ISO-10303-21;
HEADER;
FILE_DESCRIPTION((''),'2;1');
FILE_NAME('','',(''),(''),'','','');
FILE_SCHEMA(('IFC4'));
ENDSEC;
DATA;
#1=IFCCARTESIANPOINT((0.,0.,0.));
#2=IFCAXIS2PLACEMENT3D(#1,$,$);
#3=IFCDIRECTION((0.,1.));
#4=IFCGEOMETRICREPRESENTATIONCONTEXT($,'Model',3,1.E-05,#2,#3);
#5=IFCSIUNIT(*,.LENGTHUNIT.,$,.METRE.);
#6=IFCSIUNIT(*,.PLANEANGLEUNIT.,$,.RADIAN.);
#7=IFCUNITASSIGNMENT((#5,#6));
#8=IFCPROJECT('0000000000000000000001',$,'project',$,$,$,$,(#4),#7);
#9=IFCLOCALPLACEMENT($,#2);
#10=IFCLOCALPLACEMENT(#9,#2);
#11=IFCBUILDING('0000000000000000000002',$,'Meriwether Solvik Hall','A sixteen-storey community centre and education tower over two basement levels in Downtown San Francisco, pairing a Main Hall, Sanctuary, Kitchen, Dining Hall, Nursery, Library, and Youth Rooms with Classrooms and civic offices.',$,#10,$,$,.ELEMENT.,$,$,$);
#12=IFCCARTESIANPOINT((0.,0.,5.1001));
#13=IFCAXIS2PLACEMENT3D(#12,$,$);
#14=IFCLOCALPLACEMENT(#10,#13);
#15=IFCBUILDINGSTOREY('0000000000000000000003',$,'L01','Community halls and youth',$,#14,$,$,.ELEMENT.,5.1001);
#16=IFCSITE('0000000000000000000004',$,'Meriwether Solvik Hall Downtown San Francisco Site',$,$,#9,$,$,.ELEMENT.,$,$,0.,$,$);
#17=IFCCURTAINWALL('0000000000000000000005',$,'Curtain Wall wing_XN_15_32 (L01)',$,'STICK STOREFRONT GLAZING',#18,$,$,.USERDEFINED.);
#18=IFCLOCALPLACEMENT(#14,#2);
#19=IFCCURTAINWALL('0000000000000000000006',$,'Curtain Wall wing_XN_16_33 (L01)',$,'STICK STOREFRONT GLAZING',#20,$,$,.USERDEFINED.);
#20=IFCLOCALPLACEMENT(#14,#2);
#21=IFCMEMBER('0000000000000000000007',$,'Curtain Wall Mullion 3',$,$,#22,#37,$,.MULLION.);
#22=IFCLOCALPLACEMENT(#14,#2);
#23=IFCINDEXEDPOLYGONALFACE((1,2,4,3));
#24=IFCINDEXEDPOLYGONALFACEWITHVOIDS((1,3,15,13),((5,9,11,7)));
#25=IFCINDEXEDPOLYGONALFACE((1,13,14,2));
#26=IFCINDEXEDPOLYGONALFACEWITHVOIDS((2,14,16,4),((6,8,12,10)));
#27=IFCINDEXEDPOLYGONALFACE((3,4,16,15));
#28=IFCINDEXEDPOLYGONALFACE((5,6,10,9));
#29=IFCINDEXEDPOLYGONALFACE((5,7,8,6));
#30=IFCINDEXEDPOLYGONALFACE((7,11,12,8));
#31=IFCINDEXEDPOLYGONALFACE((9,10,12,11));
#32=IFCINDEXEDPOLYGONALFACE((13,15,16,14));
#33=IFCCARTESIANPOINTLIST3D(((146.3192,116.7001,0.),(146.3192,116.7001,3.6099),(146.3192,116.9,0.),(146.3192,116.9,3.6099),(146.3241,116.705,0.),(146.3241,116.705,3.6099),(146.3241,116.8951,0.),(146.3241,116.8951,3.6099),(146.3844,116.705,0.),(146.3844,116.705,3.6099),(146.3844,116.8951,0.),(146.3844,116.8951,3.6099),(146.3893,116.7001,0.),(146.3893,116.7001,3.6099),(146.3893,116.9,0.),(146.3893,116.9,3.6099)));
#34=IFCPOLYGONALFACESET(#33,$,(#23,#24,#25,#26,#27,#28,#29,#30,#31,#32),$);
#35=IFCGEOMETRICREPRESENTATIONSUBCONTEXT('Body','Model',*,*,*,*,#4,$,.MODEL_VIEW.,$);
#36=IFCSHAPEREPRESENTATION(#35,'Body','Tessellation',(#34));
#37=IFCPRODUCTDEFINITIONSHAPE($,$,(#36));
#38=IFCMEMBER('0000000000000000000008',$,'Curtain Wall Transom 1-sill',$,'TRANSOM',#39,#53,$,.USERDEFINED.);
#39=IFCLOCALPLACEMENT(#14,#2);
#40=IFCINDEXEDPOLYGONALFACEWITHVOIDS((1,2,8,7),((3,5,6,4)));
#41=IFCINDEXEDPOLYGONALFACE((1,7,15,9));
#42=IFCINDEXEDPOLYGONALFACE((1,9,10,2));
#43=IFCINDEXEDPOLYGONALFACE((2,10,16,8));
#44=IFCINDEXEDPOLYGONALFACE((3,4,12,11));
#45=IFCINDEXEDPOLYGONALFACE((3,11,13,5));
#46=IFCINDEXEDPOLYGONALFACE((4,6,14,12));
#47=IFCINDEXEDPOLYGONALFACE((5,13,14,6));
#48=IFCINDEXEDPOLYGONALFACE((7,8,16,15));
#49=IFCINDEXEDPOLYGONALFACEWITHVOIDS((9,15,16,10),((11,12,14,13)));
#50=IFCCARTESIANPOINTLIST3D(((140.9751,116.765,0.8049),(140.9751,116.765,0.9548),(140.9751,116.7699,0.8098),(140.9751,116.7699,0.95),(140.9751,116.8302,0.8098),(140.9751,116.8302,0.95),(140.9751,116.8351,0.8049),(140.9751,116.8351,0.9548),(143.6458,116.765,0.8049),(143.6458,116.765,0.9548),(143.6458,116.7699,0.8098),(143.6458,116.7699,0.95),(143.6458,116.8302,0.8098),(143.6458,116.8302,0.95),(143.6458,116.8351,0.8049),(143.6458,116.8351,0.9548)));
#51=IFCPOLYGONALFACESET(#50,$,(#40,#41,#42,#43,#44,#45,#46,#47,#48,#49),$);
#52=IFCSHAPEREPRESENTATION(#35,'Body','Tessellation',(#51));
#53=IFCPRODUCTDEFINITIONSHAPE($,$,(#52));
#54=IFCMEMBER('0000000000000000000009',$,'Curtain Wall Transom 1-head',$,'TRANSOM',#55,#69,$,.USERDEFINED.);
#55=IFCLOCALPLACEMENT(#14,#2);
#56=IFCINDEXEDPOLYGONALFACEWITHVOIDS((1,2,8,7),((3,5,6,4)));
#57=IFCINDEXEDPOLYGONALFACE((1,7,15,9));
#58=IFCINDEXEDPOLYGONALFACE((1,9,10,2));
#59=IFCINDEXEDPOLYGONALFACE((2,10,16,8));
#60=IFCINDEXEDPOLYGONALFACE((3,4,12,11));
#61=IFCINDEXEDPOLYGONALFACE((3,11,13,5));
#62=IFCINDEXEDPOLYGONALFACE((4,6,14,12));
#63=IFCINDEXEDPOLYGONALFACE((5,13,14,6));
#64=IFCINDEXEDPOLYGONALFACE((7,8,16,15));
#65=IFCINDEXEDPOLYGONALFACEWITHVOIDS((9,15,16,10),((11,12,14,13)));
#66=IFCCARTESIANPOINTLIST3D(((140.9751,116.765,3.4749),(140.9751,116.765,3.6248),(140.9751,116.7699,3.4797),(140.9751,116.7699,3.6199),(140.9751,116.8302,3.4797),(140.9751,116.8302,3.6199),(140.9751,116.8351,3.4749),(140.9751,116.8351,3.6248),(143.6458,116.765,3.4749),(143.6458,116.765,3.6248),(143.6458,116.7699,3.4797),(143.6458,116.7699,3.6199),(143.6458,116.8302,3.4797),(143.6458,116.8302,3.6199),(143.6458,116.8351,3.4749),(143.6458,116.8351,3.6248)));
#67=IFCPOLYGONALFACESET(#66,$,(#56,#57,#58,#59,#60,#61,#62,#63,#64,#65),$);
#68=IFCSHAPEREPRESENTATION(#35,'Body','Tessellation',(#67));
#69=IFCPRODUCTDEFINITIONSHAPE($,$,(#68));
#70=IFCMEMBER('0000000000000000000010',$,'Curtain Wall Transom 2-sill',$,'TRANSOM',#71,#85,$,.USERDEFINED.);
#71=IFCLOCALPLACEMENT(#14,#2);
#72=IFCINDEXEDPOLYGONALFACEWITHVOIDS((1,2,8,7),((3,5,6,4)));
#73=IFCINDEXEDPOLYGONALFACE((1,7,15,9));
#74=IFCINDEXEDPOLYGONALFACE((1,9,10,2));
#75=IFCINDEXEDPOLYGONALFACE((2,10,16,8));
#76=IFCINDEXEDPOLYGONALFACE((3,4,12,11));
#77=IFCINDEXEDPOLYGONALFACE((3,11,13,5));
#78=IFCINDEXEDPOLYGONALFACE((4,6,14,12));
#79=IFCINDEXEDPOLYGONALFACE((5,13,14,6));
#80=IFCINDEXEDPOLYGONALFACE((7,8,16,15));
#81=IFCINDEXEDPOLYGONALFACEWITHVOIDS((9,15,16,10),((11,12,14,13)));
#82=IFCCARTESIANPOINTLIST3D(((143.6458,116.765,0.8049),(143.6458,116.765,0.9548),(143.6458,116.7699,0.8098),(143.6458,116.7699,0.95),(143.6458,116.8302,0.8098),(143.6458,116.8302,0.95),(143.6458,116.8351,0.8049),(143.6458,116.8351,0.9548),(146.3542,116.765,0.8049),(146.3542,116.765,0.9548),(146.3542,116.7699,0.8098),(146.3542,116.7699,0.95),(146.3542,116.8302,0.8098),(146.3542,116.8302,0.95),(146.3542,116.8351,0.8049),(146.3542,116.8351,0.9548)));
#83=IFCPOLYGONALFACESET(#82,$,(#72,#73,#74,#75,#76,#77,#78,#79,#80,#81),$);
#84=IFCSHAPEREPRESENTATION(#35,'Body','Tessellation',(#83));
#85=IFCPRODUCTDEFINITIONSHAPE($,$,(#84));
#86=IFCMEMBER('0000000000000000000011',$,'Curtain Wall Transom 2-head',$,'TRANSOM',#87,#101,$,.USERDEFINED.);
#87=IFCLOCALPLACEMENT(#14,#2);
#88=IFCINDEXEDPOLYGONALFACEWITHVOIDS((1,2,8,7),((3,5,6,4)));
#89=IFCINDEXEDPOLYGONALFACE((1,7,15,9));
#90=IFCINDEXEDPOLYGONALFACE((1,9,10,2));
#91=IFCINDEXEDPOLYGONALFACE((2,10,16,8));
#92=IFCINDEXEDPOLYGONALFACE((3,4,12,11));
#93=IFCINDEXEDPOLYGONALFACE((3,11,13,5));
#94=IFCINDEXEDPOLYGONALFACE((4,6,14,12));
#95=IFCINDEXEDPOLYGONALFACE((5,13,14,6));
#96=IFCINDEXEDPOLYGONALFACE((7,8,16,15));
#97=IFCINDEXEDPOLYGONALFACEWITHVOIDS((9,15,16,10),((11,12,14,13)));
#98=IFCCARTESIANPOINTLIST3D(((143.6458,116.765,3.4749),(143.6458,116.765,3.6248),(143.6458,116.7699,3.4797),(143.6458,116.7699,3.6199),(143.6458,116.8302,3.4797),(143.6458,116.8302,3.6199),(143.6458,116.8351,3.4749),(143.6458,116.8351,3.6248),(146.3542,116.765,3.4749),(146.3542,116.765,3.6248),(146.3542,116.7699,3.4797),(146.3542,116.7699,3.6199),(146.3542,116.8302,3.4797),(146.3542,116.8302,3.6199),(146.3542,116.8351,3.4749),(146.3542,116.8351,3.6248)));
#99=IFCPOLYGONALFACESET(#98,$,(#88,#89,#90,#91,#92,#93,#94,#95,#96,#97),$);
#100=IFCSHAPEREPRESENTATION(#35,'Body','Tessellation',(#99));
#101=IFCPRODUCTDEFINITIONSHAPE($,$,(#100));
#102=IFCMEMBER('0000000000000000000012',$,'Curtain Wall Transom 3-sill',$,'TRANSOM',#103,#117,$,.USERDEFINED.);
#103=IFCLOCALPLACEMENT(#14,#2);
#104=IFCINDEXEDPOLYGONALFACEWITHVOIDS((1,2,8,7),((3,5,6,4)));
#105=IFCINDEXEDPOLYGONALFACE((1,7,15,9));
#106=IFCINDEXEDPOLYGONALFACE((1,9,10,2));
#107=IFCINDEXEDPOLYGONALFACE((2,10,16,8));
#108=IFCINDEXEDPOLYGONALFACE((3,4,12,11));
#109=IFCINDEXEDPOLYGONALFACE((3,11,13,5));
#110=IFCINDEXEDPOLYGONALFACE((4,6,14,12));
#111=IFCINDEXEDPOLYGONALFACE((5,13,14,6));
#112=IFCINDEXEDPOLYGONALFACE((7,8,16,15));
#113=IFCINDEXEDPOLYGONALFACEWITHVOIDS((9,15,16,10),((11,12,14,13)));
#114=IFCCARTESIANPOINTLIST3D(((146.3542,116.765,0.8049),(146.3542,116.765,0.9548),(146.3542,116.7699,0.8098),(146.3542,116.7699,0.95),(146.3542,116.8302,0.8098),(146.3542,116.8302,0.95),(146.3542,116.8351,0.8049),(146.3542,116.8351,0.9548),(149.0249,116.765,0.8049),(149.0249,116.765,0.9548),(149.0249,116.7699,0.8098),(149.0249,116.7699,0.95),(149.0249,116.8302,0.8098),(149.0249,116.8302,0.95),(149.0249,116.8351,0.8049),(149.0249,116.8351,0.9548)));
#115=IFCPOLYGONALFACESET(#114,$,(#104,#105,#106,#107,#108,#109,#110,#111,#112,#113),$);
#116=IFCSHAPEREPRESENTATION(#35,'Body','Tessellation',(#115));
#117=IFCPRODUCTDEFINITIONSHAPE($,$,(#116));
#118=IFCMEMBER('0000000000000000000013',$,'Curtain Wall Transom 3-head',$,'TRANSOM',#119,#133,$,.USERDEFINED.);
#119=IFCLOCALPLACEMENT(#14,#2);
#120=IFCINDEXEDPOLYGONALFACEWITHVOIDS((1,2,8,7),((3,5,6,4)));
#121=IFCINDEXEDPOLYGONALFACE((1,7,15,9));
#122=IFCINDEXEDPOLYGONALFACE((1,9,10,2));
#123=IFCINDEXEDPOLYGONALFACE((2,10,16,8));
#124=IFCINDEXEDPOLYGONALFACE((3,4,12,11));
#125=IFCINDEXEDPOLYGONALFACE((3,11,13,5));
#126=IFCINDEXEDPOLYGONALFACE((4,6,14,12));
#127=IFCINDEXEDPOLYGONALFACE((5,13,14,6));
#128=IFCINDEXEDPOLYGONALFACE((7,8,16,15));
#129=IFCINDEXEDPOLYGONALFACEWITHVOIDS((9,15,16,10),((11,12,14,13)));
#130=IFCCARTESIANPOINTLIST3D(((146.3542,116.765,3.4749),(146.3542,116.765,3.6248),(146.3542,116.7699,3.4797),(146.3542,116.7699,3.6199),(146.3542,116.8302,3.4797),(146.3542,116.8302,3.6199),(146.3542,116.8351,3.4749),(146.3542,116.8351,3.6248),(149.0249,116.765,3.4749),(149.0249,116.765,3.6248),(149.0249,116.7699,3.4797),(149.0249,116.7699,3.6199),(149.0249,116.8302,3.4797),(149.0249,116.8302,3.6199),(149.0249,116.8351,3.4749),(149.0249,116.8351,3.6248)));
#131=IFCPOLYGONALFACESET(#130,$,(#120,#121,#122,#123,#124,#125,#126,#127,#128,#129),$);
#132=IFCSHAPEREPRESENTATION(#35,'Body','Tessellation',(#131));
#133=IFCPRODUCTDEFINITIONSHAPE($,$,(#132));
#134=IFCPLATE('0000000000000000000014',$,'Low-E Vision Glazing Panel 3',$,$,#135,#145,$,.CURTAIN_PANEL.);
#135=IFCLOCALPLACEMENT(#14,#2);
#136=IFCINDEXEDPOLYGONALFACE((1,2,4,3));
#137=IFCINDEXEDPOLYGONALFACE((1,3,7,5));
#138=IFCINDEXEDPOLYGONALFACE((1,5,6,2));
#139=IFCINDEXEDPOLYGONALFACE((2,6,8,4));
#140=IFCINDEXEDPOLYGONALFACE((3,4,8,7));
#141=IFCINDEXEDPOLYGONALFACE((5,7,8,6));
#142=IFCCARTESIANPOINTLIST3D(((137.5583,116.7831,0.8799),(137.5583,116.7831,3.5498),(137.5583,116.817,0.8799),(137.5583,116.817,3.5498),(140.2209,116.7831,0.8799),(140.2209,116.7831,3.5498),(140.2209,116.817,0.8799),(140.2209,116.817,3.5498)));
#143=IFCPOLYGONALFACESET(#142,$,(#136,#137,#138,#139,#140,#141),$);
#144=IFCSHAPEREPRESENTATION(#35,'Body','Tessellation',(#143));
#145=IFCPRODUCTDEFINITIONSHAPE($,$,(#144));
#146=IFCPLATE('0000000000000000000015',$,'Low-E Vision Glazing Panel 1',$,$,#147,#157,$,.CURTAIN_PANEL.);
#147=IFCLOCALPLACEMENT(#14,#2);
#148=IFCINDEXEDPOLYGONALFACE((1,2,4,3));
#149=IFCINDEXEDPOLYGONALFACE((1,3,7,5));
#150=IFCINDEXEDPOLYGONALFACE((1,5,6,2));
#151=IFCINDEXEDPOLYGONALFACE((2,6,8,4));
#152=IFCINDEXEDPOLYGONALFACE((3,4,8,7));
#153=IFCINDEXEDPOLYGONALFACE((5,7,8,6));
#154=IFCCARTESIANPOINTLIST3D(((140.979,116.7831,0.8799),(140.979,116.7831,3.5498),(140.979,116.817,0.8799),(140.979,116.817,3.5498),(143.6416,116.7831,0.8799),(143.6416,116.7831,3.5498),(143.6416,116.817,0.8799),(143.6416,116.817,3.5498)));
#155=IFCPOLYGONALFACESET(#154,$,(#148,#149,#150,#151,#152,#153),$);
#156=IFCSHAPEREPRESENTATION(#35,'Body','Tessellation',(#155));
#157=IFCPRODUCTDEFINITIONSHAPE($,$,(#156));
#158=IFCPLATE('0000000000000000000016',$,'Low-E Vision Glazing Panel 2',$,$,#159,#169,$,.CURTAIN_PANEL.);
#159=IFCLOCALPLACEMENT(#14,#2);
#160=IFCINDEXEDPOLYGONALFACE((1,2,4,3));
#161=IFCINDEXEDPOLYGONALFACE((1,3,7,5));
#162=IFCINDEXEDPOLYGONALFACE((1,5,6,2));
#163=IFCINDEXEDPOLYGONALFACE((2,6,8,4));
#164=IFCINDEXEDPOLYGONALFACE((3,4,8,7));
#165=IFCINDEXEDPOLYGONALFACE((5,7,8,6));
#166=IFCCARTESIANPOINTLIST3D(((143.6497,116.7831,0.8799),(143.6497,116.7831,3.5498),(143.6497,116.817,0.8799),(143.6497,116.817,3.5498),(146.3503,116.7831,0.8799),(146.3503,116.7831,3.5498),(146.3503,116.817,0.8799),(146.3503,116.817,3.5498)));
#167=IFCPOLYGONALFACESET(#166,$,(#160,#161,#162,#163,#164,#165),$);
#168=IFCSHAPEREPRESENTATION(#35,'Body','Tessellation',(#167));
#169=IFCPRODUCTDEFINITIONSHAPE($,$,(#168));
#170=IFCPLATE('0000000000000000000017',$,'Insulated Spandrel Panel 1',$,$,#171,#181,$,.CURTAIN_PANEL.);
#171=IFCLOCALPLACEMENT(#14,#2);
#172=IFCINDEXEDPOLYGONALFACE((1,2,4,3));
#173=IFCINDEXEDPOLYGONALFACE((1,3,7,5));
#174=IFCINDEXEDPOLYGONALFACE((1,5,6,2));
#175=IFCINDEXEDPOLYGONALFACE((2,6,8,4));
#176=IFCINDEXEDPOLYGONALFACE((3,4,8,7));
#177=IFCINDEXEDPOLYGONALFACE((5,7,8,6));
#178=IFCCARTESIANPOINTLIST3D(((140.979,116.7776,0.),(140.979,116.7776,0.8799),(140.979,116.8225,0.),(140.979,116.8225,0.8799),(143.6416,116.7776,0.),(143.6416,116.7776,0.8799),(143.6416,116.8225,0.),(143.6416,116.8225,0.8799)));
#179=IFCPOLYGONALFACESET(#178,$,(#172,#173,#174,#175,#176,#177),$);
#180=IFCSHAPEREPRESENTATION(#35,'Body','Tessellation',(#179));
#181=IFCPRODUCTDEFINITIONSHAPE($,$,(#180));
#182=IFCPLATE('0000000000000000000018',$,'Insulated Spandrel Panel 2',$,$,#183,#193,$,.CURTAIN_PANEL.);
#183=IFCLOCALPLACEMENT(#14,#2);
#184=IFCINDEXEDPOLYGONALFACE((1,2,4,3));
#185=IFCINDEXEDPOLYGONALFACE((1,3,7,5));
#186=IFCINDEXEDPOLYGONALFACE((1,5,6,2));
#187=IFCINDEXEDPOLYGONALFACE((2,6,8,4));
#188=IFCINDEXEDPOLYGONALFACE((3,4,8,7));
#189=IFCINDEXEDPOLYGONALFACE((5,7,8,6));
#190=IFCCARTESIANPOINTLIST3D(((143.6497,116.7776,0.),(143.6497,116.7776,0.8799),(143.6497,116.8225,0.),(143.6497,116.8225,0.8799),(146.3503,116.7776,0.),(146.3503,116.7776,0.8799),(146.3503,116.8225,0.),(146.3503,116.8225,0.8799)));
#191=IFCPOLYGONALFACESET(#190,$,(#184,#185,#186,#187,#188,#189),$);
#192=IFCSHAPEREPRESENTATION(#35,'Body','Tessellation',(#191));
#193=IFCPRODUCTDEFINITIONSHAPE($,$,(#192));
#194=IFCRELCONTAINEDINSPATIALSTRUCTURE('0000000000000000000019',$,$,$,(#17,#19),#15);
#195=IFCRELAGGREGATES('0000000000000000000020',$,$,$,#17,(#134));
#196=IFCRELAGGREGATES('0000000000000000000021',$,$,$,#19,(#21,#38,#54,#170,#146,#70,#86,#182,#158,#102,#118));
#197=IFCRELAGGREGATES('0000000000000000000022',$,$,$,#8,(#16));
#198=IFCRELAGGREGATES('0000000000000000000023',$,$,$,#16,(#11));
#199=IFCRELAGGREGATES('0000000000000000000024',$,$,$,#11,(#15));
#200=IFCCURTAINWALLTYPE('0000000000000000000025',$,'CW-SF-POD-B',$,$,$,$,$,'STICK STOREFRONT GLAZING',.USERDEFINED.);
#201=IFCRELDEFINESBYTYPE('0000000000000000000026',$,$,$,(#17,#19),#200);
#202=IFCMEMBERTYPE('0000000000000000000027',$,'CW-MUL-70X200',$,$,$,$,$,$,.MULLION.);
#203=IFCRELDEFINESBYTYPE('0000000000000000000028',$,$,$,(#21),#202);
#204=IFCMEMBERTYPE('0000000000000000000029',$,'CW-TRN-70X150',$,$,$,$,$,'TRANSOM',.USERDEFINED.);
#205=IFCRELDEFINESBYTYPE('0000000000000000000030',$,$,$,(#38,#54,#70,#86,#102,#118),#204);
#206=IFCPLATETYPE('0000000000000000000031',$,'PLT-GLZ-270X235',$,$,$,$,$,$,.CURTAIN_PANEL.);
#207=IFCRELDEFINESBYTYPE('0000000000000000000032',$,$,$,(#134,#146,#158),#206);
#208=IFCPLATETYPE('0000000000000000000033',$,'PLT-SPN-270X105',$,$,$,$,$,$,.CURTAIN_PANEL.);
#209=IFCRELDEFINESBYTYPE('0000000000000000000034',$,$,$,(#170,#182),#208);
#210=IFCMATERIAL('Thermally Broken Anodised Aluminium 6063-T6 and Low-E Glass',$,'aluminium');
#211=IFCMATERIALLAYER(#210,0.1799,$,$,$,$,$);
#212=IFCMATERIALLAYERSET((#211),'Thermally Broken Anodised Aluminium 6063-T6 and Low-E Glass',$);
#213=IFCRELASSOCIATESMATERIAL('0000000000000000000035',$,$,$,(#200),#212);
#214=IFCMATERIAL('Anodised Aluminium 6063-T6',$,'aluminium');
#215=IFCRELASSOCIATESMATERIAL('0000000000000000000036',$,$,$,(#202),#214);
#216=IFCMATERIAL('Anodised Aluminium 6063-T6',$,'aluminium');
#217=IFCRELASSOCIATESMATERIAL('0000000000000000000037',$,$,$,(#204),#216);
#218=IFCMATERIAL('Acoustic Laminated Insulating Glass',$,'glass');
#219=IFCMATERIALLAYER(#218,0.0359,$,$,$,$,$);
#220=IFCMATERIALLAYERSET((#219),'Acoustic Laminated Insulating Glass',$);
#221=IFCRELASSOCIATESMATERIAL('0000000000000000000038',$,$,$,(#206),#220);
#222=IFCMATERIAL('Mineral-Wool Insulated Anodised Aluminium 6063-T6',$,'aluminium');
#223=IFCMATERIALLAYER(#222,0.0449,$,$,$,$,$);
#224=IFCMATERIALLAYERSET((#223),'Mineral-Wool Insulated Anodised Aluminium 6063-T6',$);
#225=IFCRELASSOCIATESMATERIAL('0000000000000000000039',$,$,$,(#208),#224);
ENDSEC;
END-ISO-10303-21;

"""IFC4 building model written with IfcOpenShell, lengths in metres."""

from ifc_helpers import new_model, si_unit, direction, frame, origin, origin_2d, place, context, subcontext, project, spatial, rectangle, hollow_rectangle, extrude, material, layer, layer_set, material_profile, profile_set, type_object, element, aggregate, save


model = new_model("IFC4")

# Units and contexts
model_context = context("Model", 3, precision=1e-05, world=origin(), true_north=direction((0.0, 1.0)))
body_context = subcontext(model_context, "Body", "Model", "MODEL_VIEW")
ifc_project = project(units=[si_unit("LENGTHUNIT", "METRE"), si_unit("PLANEANGLEUNIT", "RADIAN")], contexts=[model_context])

# Site, building, storey
site_placement = place(None, origin())
site = spatial("IfcSite", under=ifc_project, at=site_placement, Name="Meriwether Solvik Hall Downtown San Francisco Site", CompositionType="ELEMENT", RefElevation=0.0)
building_placement = place(site_placement, origin())
building = spatial("IfcBuilding", under=site, at=building_placement, Name="Meriwether Solvik Hall", Description="A sixteen-storey community centre and education tower over two basement levels in Downtown San Francisco, pairing a Main Hall, Sanctuary, Kitchen, Dining Hall, Nursery, Library, and Youth Rooms with Classrooms and civic offices.", CompositionType="ELEMENT")
storey_placement = place(building_placement, frame((0.0, 0.0, 5.1001)))
storey = spatial("IfcBuildingStorey", under=building, at=storey_placement, Name="L01", Description="Community halls and youth", CompositionType="ELEMENT", Elevation=5.1001)

# Curtain wall
ifc_material_1 = material(Name="Thermally Broken Anodised Aluminium 6063-T6 and Low-E Glass", Category="aluminium")
ifc_layer_1 = layer(ifc_material_1, 0.1799)
ifc_layer_set_1 = layer_set([ifc_layer_1], Name="Thermally Broken Anodised Aluminium 6063-T6 and Low-E Glass")
curtain_wall_type = type_object("IfcCurtainWallType", Name="CW-SF-POD-B", ElementType="STICK STOREFRONT GLAZING", PredefinedType="USERDEFINED", material=ifc_layer_set_1)
curtain_wall_1_placement = place(storey_placement, origin())
curtain_wall_1 = element("IfcCurtainWall", 1, at=curtain_wall_1_placement, inside=storey, type_object=curtain_wall_type, Name="Curtain Wall wing_XN_15_32 (L01)", ObjectType="STICK STOREFRONT GLAZING", PredefinedType="USERDEFINED")
ifc_material_2 = material(Name="Anodised Aluminium 6063-T6", Category="aluminium")
ifc_material_profile_1 = material_profile(ifc_material_2, hollow_rectangle(XDim=0.0701, YDim=0.2, WallThickness=0.0049, at=origin_2d()), Name="CWM-70X200")
ifc_profile_set_1 = profile_set([ifc_material_profile_1], Name="Anodised Aluminium 6063-T6")
member_type_1 = type_object("IfcMemberType", Name="CW-MUL-70X200", PredefinedType="MULLION", material=ifc_profile_set_1)

# Curtain wall, members
curtain_wall_2_placement = place(storey_placement, origin())
curtain_wall_2 = element("IfcCurtainWall", 2, at=curtain_wall_2_placement, inside=storey, type_object=curtain_wall_type, Name="Curtain Wall wing_XN_16_33 (L01)", ObjectType="STICK STOREFRONT GLAZING", PredefinedType="USERDEFINED")
member_1_placement = place(storey_placement, frame((146.3542, 116.8, 0.0), z_axis=(0.0, 0.0, 1.0), x_axis=(1.0, 0.0, 0.0)))
member_1 = element("IfcMember", 3, at=member_1_placement, type_object=member_type_1, Name="Curtain Wall Mullion 3", PredefinedType="MULLION", context=body_context, shape_type="SweptSolid", body=[
    extrude(hollow_rectangle(XDim=0.0701, YDim=0.2, WallThickness=0.0049, at=origin_2d()), origin(), (0.0, 0.0, 1.0), 3.6099),
])
ifc_material_3 = material(Name="Anodised Aluminium 6063-T6", Category="aluminium")
ifc_material_profile_2 = material_profile(ifc_material_3, hollow_rectangle(XDim=0.0701, YDim=0.1499, WallThickness=0.0049, at=origin_2d()), Name="CWT-70X150")
ifc_profile_set_2 = profile_set([ifc_material_profile_2], Name="Anodised Aluminium 6063-T6")
member_type_2 = type_object("IfcMemberType", Name="CW-TRN-70X150", ElementType="TRANSOM", PredefinedType="USERDEFINED", material=ifc_profile_set_2)
member_2_placement = place(storey_placement, frame((140.9751, 116.8, 0.8799), z_axis=(1.0, 0.0, 0.0), x_axis=(0.0, 1.0, 0.0)))
member_2 = element("IfcMember", 4, at=member_2_placement, type_object=member_type_2, Name="Curtain Wall Transom 1-sill", ObjectType="TRANSOM", PredefinedType="USERDEFINED", context=body_context, shape_type="SweptSolid", body=[
    extrude(hollow_rectangle(XDim=0.0701, YDim=0.1499, WallThickness=0.0049, at=origin_2d()), origin(), (0.0, 0.0, 1.0), 2.6707),
])
member_3_placement = place(storey_placement, frame((140.9751, 116.8, 3.5498), z_axis=(1.0, 0.0, 0.0), x_axis=(0.0, 1.0, 0.0)))
member_3 = element("IfcMember", 5, at=member_3_placement, type_object=member_type_2, Name="Curtain Wall Transom 1-head", ObjectType="TRANSOM", PredefinedType="USERDEFINED", context=body_context, shape_type="SweptSolid", body=[
    extrude(hollow_rectangle(XDim=0.0701, YDim=0.1499, WallThickness=0.0049, at=origin_2d()), origin(), (0.0, 0.0, 1.0), 2.6707),
])
member_4_placement = place(storey_placement, frame((143.6458, 116.8, 0.8799), z_axis=(1.0, 0.0, 0.0), x_axis=(0.0, 1.0, 0.0)))
member_4 = element("IfcMember", 6, at=member_4_placement, type_object=member_type_2, Name="Curtain Wall Transom 2-sill", ObjectType="TRANSOM", PredefinedType="USERDEFINED", context=body_context, shape_type="SweptSolid", body=[
    extrude(hollow_rectangle(XDim=0.0701, YDim=0.1499, WallThickness=0.0049, at=origin_2d()), origin(), (0.0, 0.0, 1.0), 2.7085),
])
member_5_placement = place(storey_placement, frame((143.6458, 116.8, 3.5498), z_axis=(1.0, 0.0, 0.0), x_axis=(0.0, 1.0, 0.0)))
member_5 = element("IfcMember", 7, at=member_5_placement, type_object=member_type_2, Name="Curtain Wall Transom 2-head", ObjectType="TRANSOM", PredefinedType="USERDEFINED", context=body_context, shape_type="SweptSolid", body=[
    extrude(hollow_rectangle(XDim=0.0701, YDim=0.1499, WallThickness=0.0049, at=origin_2d()), origin(), (0.0, 0.0, 1.0), 2.7085),
])
member_6_placement = place(storey_placement, frame((146.3542, 116.8, 0.8799), z_axis=(1.0, 0.0, 0.0), x_axis=(0.0, 1.0, 0.0)))
member_6 = element("IfcMember", 8, at=member_6_placement, type_object=member_type_2, Name="Curtain Wall Transom 3-sill", ObjectType="TRANSOM", PredefinedType="USERDEFINED", context=body_context, shape_type="SweptSolid", body=[
    extrude(hollow_rectangle(XDim=0.0701, YDim=0.1499, WallThickness=0.0049, at=origin_2d()), origin(), (0.0, 0.0, 1.0), 2.6707),
])
member_7_placement = place(storey_placement, frame((146.3542, 116.8, 3.5498), z_axis=(1.0, 0.0, 0.0), x_axis=(0.0, 1.0, 0.0)))
member_7 = element("IfcMember", 9, at=member_7_placement, type_object=member_type_2, Name="Curtain Wall Transom 3-head", ObjectType="TRANSOM", PredefinedType="USERDEFINED", context=body_context, shape_type="SweptSolid", body=[
    extrude(hollow_rectangle(XDim=0.0701, YDim=0.1499, WallThickness=0.0049, at=origin_2d()), origin(), (0.0, 0.0, 1.0), 2.6707),
])

# Plates
ifc_material_4 = material(Name="Acoustic Laminated Insulating Glass", Category="glass")
ifc_layer_2 = layer(ifc_material_4, 0.0359)
ifc_layer_set_2 = layer_set([ifc_layer_2], Name="Acoustic Laminated Insulating Glass")
plate_type_1 = type_object("IfcPlateType", Name="PLT-GLZ-270X235", PredefinedType="CURTAIN_PANEL", material=ifc_layer_set_2)
plate_1_placement = place(storey_placement, frame((138.8896, 116.8, 0.8799), z_axis=(0.0, 0.0, 1.0), x_axis=(1.0, 0.0, 0.0)))
plate_1 = element("IfcPlate", 10, at=plate_1_placement, type_object=plate_type_1, Name="Low-E Vision Glazing Panel 3", PredefinedType="CURTAIN_PANEL", context=body_context, shape_type="SweptSolid", body=[
    extrude(rectangle(XDim=2.6626, YDim=0.0339, at=origin_2d()), origin(), (0.0, 0.0, 1.0), 2.6699),
])
aggregate(curtain_wall_1, [plate_1])
plate_2_placement = place(storey_placement, frame((142.3103, 116.8, 0.8799), z_axis=(0.0, 0.0, 1.0), x_axis=(1.0, 0.0, 0.0)))
plate_2 = element("IfcPlate", 11, at=plate_2_placement, type_object=plate_type_1, Name="Low-E Vision Glazing Panel 1", PredefinedType="CURTAIN_PANEL", context=body_context, shape_type="SweptSolid", body=[
    extrude(rectangle(XDim=2.6626, YDim=0.0339, at=origin_2d()), origin(), (0.0, 0.0, 1.0), 2.6699),
])
plate_3_placement = place(storey_placement, frame((145.0, 116.8, 0.8799), z_axis=(0.0, 0.0, 1.0), x_axis=(1.0, 0.0, 0.0)))
plate_3 = element("IfcPlate", 12, at=plate_3_placement, type_object=plate_type_1, Name="Low-E Vision Glazing Panel 2", PredefinedType="CURTAIN_PANEL", context=body_context, shape_type="SweptSolid", body=[
    extrude(rectangle(XDim=2.7007, YDim=0.0339, at=origin_2d()), origin(), (0.0, 0.0, 1.0), 2.6699),
])
ifc_material_5 = material(Name="Mineral-Wool Insulated Anodised Aluminium 6063-T6", Category="aluminium")
ifc_layer_3 = layer(ifc_material_5, 0.0449)
ifc_layer_set_3 = layer_set([ifc_layer_3], Name="Mineral-Wool Insulated Anodised Aluminium 6063-T6")
plate_type_2 = type_object("IfcPlateType", Name="PLT-SPN-270X105", PredefinedType="CURTAIN_PANEL", material=ifc_layer_set_3)
plate_4_placement = place(storey_placement, frame((142.3103, 116.8, 0.0), z_axis=(0.0, 0.0, 1.0), x_axis=(1.0, 0.0, 0.0)))
plate_4 = element("IfcPlate", 13, at=plate_4_placement, type_object=plate_type_2, Name="Insulated Spandrel Panel 1", PredefinedType="CURTAIN_PANEL", context=body_context, shape_type="SweptSolid", body=[
    extrude(rectangle(XDim=2.6626, YDim=0.0449, at=origin_2d()), origin(), (0.0, 0.0, 1.0), 0.8799),
])
plate_5_placement = place(storey_placement, frame((145.0, 116.8, 0.0), z_axis=(0.0, 0.0, 1.0), x_axis=(1.0, 0.0, 0.0)))
plate_5 = element("IfcPlate", 14, at=plate_5_placement, type_object=plate_type_2, Name="Insulated Spandrel Panel 2", PredefinedType="CURTAIN_PANEL", context=body_context, shape_type="SweptSolid", body=[
    extrude(rectangle(XDim=2.7007, YDim=0.0449, at=origin_2d()), origin(), (0.0, 0.0, 1.0), 0.8799),
])
aggregate(curtain_wall_2, [member_1, member_2, member_3, plate_4, plate_2, member_4, member_5, plate_5, plate_3, member_6, member_7])

save(model, "model.ifc")
